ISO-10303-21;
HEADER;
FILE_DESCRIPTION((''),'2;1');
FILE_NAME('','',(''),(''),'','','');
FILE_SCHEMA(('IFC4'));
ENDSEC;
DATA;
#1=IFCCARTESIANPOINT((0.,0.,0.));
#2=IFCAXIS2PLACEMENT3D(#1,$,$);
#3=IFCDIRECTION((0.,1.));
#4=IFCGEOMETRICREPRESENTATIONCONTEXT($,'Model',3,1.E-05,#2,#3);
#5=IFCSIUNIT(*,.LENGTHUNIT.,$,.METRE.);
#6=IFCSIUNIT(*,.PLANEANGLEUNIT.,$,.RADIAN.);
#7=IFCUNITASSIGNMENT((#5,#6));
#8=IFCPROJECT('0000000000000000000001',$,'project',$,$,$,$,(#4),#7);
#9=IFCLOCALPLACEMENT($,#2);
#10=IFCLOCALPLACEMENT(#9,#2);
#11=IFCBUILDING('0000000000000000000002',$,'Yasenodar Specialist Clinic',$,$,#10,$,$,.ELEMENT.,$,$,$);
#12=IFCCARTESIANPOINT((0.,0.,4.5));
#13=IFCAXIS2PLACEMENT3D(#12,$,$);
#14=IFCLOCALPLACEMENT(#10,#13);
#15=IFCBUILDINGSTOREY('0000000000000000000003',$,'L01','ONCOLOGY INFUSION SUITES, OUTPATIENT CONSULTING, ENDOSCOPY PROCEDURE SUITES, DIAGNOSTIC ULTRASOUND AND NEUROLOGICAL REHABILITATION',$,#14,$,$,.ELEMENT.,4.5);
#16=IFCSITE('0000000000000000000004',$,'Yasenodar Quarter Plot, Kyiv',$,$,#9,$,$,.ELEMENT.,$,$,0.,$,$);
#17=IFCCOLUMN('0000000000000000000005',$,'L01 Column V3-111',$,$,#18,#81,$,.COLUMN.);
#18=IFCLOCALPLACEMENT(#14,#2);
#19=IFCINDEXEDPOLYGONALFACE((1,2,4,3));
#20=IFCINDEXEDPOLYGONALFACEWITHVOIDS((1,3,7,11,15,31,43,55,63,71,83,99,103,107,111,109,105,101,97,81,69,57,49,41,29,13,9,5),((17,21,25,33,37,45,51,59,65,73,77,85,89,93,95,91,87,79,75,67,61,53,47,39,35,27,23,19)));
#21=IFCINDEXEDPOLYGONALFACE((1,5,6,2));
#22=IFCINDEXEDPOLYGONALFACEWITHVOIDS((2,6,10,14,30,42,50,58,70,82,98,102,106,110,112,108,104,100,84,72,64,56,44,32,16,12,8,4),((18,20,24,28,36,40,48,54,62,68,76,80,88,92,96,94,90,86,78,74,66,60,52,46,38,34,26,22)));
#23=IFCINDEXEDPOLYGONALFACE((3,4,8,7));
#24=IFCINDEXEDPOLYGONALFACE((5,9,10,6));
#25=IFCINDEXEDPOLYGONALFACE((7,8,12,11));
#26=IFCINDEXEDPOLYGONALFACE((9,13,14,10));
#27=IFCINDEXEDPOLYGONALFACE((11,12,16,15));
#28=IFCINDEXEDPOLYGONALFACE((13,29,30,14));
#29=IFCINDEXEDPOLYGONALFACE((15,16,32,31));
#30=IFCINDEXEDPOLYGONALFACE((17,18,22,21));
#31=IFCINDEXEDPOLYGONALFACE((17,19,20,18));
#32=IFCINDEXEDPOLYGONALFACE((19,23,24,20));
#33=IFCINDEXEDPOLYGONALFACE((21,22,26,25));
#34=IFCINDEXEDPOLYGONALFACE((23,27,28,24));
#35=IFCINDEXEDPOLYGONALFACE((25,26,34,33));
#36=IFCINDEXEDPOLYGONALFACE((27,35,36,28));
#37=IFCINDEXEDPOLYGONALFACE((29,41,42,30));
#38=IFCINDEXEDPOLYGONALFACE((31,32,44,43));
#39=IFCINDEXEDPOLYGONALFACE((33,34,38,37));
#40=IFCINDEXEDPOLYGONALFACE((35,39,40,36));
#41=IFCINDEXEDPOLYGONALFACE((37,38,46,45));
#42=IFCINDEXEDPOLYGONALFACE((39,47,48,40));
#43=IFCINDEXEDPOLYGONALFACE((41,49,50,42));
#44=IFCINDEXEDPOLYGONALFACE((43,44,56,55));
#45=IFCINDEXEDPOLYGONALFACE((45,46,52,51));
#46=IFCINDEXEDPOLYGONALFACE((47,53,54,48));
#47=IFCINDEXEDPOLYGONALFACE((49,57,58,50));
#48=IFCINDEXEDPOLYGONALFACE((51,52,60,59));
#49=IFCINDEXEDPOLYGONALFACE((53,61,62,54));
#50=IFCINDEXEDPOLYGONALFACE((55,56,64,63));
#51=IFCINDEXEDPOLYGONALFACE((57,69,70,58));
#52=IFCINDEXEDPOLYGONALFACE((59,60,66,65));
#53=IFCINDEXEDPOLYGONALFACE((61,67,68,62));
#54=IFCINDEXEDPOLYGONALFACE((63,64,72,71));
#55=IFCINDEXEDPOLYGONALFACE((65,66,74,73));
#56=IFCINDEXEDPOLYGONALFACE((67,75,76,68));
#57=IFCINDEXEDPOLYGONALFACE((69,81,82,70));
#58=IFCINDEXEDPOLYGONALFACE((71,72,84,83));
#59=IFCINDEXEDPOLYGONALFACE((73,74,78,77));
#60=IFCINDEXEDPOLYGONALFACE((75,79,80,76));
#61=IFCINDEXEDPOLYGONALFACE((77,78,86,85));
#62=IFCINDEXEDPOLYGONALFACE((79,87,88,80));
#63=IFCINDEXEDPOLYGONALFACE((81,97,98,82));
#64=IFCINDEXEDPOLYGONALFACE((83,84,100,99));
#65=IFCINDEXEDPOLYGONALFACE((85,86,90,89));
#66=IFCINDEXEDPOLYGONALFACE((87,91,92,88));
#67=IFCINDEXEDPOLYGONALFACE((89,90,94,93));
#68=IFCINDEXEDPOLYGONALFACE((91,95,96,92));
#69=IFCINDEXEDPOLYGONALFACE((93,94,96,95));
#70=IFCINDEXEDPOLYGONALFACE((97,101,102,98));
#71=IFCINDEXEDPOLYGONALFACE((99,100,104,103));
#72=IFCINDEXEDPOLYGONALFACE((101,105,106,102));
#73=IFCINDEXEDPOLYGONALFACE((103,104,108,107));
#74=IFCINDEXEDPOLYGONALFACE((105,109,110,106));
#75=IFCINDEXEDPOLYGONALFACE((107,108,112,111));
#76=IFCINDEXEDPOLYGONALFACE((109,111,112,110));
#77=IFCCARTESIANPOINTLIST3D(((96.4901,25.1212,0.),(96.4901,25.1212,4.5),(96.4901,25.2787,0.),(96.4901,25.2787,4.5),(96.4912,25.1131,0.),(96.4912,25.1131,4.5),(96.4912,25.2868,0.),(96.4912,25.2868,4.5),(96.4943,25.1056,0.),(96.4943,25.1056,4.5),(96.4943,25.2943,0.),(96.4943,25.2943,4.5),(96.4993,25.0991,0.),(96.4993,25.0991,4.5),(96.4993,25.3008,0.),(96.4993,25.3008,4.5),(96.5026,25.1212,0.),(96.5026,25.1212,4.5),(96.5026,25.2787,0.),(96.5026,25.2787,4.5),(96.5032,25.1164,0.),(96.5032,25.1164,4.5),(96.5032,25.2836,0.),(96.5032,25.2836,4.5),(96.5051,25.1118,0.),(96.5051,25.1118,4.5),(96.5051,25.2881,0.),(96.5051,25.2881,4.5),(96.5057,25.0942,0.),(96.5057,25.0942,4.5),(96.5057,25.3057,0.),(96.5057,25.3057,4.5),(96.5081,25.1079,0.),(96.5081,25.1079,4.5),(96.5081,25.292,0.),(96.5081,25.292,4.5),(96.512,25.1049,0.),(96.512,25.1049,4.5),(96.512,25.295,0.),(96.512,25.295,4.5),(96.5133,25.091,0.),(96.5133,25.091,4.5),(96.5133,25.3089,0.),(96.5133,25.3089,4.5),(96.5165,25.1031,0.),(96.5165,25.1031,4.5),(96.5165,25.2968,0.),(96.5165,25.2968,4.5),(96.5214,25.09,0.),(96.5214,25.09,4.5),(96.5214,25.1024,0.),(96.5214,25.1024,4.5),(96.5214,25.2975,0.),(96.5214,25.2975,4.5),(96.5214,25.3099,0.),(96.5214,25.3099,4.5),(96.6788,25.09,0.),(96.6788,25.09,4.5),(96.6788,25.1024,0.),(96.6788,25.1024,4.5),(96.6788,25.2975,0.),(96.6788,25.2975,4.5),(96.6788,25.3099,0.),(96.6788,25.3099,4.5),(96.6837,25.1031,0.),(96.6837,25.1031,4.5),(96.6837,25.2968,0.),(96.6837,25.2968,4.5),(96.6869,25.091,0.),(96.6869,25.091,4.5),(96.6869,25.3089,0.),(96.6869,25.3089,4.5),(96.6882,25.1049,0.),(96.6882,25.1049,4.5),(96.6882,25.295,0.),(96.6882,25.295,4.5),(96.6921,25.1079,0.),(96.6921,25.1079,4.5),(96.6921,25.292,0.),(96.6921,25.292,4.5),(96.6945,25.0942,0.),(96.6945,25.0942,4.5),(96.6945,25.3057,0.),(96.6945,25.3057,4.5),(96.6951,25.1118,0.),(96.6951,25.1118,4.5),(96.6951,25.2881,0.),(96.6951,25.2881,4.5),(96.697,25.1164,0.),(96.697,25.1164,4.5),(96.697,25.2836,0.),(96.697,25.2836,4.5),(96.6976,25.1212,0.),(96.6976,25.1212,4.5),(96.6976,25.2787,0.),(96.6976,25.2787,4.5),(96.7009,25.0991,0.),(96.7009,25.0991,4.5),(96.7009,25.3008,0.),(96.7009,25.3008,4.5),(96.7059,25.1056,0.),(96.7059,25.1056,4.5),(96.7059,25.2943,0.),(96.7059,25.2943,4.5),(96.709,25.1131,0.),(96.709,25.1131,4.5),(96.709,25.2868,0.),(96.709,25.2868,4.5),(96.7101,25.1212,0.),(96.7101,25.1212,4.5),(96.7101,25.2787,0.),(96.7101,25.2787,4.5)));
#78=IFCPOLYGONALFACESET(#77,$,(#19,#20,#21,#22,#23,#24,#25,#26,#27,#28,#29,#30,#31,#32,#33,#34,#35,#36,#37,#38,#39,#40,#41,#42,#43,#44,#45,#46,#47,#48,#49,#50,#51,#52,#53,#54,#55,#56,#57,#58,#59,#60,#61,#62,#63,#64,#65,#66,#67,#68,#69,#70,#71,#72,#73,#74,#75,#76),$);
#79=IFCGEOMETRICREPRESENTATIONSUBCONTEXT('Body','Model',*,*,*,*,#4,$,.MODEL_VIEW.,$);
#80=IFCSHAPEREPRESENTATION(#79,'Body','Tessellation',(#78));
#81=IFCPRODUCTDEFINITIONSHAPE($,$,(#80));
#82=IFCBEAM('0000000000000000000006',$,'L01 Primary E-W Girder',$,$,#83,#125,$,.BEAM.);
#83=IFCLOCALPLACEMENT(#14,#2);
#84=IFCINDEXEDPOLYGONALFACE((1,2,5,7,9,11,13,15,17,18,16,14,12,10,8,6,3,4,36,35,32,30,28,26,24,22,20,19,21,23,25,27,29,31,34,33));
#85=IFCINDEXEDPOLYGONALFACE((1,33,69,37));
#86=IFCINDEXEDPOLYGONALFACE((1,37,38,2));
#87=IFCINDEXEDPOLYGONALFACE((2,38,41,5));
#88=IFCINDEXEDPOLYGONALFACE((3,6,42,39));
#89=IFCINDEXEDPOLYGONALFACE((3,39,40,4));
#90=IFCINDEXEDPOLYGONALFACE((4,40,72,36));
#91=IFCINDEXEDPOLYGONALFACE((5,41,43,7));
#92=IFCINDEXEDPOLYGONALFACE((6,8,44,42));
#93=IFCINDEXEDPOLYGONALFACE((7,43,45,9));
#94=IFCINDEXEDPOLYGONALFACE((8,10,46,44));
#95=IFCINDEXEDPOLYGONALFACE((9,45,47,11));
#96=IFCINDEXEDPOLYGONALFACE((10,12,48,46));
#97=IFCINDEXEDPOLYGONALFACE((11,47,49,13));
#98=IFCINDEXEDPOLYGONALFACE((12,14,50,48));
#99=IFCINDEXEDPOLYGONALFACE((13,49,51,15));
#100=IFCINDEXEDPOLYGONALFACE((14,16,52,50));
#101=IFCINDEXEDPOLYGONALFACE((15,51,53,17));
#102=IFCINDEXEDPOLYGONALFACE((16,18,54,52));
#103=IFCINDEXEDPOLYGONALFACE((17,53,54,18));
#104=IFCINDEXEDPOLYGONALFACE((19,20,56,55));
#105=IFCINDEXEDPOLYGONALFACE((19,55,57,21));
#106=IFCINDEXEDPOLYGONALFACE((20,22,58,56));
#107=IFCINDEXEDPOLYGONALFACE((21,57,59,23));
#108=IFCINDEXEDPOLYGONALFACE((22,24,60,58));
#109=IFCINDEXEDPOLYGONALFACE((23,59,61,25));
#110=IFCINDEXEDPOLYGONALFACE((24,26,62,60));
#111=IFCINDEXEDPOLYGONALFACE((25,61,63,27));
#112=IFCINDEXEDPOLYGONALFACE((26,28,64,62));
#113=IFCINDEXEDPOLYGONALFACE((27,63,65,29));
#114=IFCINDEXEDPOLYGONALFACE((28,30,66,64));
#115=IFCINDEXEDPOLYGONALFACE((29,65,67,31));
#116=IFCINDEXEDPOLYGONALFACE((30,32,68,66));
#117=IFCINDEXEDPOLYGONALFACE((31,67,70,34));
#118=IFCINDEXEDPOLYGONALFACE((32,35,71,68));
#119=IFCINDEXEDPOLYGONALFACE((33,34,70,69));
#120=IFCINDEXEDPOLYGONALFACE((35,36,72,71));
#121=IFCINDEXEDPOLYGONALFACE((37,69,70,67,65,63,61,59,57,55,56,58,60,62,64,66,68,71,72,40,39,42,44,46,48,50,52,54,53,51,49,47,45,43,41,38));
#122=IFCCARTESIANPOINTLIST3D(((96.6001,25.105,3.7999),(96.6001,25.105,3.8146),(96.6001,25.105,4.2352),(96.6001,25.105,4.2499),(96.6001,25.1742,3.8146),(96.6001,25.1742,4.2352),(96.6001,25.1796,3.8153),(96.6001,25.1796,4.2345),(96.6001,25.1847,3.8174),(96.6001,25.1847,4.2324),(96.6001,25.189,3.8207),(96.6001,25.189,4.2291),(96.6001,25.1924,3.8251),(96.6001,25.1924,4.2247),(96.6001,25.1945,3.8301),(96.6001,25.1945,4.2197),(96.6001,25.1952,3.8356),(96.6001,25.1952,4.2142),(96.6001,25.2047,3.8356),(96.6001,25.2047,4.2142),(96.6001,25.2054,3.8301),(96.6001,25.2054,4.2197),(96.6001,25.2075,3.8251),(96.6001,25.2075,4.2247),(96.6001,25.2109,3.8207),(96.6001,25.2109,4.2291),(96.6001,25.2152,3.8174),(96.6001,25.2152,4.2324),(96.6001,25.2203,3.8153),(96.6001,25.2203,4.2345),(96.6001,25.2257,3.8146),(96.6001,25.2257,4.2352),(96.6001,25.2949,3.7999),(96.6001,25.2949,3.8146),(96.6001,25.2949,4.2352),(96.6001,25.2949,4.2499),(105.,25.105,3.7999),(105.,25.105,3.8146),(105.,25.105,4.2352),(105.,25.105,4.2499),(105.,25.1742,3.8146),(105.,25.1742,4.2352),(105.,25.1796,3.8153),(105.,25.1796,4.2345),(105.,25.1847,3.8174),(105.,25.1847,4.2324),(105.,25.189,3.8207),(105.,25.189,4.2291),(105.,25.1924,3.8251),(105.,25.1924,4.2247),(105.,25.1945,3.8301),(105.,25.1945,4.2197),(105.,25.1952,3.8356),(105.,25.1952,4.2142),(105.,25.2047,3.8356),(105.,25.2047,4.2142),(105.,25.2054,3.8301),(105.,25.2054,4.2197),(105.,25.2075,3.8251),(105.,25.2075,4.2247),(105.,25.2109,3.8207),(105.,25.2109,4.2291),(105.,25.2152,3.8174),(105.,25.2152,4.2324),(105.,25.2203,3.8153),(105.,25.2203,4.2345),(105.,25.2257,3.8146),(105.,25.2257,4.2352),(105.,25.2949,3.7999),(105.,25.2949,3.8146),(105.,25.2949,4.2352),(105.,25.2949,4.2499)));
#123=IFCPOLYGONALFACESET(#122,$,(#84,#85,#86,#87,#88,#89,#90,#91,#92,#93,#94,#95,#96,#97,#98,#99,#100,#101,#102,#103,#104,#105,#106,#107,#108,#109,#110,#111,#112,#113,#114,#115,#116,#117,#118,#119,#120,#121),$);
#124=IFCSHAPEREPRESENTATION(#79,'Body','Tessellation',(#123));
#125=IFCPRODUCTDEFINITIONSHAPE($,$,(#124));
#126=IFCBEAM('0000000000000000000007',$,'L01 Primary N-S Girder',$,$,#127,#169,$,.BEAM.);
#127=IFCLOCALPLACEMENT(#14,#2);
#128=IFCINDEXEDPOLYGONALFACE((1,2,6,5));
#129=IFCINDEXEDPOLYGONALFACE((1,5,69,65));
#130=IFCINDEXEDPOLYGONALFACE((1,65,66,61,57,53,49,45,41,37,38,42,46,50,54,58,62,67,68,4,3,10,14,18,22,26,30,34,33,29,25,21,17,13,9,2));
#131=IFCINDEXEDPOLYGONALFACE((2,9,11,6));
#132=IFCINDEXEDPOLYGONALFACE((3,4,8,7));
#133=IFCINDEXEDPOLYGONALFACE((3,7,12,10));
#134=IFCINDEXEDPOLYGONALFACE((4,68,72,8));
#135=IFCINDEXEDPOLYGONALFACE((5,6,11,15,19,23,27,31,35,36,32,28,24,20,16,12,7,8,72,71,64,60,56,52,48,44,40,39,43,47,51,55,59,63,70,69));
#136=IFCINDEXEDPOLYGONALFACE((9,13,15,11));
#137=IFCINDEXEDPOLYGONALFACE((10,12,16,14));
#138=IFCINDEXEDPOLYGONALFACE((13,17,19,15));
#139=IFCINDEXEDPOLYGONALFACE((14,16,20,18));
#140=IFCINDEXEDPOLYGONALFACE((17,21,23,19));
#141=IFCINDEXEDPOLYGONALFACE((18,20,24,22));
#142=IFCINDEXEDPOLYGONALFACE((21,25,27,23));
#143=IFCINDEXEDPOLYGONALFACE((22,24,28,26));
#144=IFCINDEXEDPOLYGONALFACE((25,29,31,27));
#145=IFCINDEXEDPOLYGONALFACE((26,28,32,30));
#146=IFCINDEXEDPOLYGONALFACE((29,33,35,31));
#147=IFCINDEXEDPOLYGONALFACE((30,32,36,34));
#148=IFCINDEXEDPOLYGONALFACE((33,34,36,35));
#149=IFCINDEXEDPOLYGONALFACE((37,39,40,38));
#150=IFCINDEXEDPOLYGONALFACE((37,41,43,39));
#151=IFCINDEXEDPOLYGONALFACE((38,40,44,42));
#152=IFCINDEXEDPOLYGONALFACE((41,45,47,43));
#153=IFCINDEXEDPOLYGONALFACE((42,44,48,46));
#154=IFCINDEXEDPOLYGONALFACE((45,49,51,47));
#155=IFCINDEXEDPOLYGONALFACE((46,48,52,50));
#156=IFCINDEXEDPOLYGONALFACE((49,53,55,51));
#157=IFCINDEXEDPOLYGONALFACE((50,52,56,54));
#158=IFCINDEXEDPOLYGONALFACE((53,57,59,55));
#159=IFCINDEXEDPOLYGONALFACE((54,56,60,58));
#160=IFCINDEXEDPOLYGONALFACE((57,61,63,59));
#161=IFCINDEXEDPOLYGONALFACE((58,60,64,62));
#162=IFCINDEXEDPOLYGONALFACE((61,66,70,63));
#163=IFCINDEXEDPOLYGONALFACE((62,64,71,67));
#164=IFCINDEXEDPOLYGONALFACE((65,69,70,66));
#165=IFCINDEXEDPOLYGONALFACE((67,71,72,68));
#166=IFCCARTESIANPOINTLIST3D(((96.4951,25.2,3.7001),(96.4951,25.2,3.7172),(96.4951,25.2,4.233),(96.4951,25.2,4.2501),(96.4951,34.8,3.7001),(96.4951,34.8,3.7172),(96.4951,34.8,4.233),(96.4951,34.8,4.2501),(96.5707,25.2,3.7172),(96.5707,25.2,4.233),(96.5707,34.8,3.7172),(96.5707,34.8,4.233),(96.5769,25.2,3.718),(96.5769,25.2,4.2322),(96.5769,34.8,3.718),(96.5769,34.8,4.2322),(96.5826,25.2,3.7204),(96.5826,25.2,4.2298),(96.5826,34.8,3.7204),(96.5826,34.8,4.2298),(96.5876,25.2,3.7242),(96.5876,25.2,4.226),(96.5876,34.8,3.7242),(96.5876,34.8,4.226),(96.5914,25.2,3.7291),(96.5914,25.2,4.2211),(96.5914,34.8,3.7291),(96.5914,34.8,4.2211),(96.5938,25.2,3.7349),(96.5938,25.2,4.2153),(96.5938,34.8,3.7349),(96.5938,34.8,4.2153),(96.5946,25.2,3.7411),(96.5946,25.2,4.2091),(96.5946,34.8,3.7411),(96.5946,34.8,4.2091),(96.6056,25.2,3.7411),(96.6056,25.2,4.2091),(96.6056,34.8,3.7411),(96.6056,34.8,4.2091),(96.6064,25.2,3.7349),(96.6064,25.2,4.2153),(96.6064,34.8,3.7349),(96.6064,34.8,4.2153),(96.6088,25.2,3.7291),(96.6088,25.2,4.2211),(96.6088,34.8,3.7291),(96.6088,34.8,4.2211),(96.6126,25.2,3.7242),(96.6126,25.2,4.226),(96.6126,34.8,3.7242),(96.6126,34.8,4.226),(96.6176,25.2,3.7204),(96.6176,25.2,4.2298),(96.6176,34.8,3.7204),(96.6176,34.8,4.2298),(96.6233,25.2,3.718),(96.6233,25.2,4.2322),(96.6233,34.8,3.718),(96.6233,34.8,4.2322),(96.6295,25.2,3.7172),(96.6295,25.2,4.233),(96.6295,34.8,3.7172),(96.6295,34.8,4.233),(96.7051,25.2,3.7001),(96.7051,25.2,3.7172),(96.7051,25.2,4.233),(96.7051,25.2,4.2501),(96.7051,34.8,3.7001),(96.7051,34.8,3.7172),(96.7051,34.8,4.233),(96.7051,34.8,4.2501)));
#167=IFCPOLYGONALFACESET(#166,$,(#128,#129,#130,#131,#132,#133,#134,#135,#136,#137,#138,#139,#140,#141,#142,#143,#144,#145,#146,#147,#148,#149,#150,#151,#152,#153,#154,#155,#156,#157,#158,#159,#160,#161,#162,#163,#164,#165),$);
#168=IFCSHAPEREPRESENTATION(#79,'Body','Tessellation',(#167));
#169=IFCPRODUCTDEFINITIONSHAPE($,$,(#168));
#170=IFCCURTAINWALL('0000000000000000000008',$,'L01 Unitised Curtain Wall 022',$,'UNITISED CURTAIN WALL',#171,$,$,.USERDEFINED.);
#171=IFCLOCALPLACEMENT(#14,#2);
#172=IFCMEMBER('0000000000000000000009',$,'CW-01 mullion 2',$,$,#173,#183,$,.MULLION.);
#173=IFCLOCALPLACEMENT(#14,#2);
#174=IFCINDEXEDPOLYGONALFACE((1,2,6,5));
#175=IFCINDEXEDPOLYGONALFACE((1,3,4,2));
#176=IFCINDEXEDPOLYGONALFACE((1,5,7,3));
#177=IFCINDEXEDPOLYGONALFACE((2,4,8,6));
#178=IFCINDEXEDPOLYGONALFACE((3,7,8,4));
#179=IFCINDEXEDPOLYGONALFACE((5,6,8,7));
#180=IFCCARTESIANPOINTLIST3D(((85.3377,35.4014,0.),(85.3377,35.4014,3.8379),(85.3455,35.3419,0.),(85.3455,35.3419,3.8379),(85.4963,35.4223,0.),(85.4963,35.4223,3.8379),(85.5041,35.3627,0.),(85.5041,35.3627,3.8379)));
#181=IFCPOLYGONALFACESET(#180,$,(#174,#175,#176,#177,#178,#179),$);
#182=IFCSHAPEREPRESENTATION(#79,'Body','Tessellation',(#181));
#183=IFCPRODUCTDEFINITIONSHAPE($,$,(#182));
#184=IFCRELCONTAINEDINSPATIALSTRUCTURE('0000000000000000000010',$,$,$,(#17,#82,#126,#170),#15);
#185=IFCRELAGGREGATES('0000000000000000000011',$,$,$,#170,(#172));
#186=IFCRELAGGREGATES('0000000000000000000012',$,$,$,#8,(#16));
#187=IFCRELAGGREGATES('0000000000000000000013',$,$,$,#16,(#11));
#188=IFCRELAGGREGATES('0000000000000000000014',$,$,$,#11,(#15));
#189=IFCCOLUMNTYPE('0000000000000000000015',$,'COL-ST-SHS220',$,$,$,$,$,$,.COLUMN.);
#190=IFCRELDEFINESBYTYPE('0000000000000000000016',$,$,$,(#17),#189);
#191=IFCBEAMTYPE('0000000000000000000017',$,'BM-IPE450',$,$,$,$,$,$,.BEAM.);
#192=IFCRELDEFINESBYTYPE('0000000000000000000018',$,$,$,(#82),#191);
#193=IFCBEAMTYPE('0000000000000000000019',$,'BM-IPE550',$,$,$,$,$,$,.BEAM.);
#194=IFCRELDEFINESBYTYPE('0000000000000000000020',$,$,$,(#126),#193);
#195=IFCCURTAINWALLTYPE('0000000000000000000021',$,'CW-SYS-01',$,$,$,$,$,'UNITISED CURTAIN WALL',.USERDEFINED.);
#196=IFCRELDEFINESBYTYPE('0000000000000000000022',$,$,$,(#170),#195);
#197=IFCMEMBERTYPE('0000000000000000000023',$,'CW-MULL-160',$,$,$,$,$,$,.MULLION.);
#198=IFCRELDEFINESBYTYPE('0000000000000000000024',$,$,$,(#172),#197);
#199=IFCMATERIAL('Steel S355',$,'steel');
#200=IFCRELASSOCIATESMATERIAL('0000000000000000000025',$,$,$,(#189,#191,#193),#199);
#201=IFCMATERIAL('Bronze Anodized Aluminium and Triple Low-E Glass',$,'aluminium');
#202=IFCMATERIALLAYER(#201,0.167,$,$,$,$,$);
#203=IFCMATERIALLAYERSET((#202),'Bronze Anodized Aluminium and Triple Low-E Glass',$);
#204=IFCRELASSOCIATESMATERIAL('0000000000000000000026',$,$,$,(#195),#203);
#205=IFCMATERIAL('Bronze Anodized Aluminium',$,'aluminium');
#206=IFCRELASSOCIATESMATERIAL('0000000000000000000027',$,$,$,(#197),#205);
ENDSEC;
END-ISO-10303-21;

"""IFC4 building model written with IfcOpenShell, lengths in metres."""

from ifc_helpers import new_model, si_unit, direction, frame, origin, origin_2d, place, context, subcontext, project, spatial, rectangle, hollow_rectangle, i_section, extrude, material, layer, layer_set, material_profile, profile_set, type_object, element, aggregate, save


model = new_model("IFC4")

# Units and contexts
model_context = context("Model", 3, precision=1e-05, world=origin(), true_north=direction((0.0, 1.0)))
body_context = subcontext(model_context, "Body", "Model", "MODEL_VIEW")
ifc_project = project(units=[si_unit("LENGTHUNIT", "METRE"), si_unit("PLANEANGLEUNIT", "RADIAN")], contexts=[model_context])

# Site, building, storey
site_placement = place(None, origin())
site = spatial("IfcSite", under=ifc_project, at=site_placement, Name="Yasenodar Quarter Plot, Kyiv", CompositionType="ELEMENT", RefElevation=0.0)
building_placement = place(site_placement, origin())
building = spatial("IfcBuilding", under=site, at=building_placement, Name="Yasenodar Specialist Clinic", CompositionType="ELEMENT")
storey_placement = place(building_placement, frame((0.0, 0.0, 4.5)))
storey = spatial("IfcBuildingStorey", under=building, at=storey_placement, Name="L01", Description="ONCOLOGY INFUSION SUITES, OUTPATIENT CONSULTING, ENDOSCOPY PROCEDURE SUITES, DIAGNOSTIC ULTRASOUND AND NEUROLOGICAL REHABILITATION", CompositionType="ELEMENT", Elevation=4.5)

# Column
ifc_material_1 = material(Name="Steel S355", Category="steel")
ifc_material_profile_1 = material_profile(ifc_material_1, hollow_rectangle(XDim=0.22, YDim=0.22, WallThickness=0.0125, InnerFilletRadius=0.0188, OuterFilletRadius=0.0312, at=origin_2d()), Name="SHS 220x220x12.5")
ifc_profile_set_1 = profile_set([ifc_material_profile_1], Name="Steel S355")
column_type = type_object("IfcColumnType", Name="COL-ST-SHS220", PredefinedType="COLUMN", material=ifc_profile_set_1)
column_placement = place(storey_placement, frame((96.6001, 25.2, 0.0), z_axis=(0.0, 0.0, 1.0), x_axis=(1.0, 0.0, 0.0)))
element("IfcColumn", 1, at=column_placement, inside=storey, type_object=column_type, Name="L01 Column V3-111", PredefinedType="COLUMN", context=body_context, shape_type="SweptSolid", body=[
    extrude(hollow_rectangle(XDim=0.22, YDim=0.22, WallThickness=0.0125, InnerFilletRadius=0.0188, OuterFilletRadius=0.0312, at=origin_2d()), origin(), (0.0, 0.0, 1.0), 4.5),
])

# Beams
ifc_material_profile_2 = material_profile(ifc_material_1, i_section(OverallWidth=0.1899, OverallDepth=0.45, WebThickness=0.0095, FlangeThickness=0.0146, FilletRadius=0.021, at=origin_2d()), Name="IPE 450")
ifc_profile_set_2 = profile_set([ifc_material_profile_2], Name="Steel S355")
beam_type_1 = type_object("IfcBeamType", Name="BM-IPE450", PredefinedType="BEAM", material=ifc_profile_set_2)
beam_1_placement = place(storey_placement, frame((96.6001, 25.2, 4.0249), z_axis=(1.0, 0.0, 0.0), x_axis=(0.0, 1.0, 0.0)))
element("IfcBeam", 2, at=beam_1_placement, inside=storey, type_object=beam_type_1, Name="L01 Primary E-W Girder", PredefinedType="BEAM", context=body_context, shape_type="SweptSolid", body=[
    extrude(i_section(OverallWidth=0.1899, OverallDepth=0.45, WebThickness=0.0095, FlangeThickness=0.0146, FilletRadius=0.021, at=origin_2d()), origin(), (0.0, 0.0, 1.0), 8.3999),
])
ifc_material_profile_3 = material_profile(ifc_material_1, i_section(OverallWidth=0.21, OverallDepth=0.55, WebThickness=0.011, FlangeThickness=0.0171, FilletRadius=0.0239, at=origin_2d()), Name="IPE 550")
ifc_profile_set_3 = profile_set([ifc_material_profile_3], Name="Steel S355")
beam_type_2 = type_object("IfcBeamType", Name="BM-IPE550", PredefinedType="BEAM", material=ifc_profile_set_3)
beam_2_placement = place(storey_placement, frame((96.6001, 25.2, 3.9751), z_axis=(0.0, 1.0, 0.0), x_axis=(-1.0, 0.0, 0.0)))
element("IfcBeam", 3, at=beam_2_placement, inside=storey, type_object=beam_type_2, Name="L01 Primary N-S Girder", PredefinedType="BEAM", context=body_context, shape_type="SweptSolid", body=[
    extrude(i_section(OverallWidth=0.21, OverallDepth=0.55, WebThickness=0.011, FlangeThickness=0.0171, FilletRadius=0.0239, at=origin_2d()), origin(), (0.0, 0.0, 1.0), 9.6001),
])

# Curtain wall, member
ifc_material_2 = material(Name="Bronze Anodized Aluminium and Triple Low-E Glass", Category="aluminium")
ifc_layer_1 = layer(ifc_material_2, 0.167)
ifc_layer_set_1 = layer_set([ifc_layer_1], Name="Bronze Anodized Aluminium and Triple Low-E Glass")
curtain_wall_type = type_object("IfcCurtainWallType", Name="CW-SYS-01", ElementType="UNITISED CURTAIN WALL", PredefinedType="USERDEFINED", material=ifc_layer_set_1)
curtain_wall_placement = place(storey_placement, origin())
curtain_wall = element("IfcCurtainWall", 4, at=curtain_wall_placement, inside=storey, type_object=curtain_wall_type, Name="L01 Unitised Curtain Wall 022", ObjectType="UNITISED CURTAIN WALL", PredefinedType="USERDEFINED")
ifc_material_3 = material(Name="Bronze Anodized Aluminium", Category="aluminium")
ifc_material_profile_4 = material_profile(ifc_material_3, rectangle(XDim=0.0601, YDim=0.1599, at=origin_2d()), Name="CW-MULL 60x160")
ifc_profile_set_4 = profile_set([ifc_material_profile_4], Name="Bronze Anodized Aluminium")
member_type_1 = type_object("IfcMemberType", Name="CW-MULL-160", PredefinedType="MULLION", material=ifc_profile_set_4)
member_1_placement = place(storey_placement, frame((85.4209, 35.3821, 0.0), z_axis=(0.0, 0.0, 1.0), x_axis=(0.130512, -0.991447, 0.0)))
member_1 = element("IfcMember", 5, at=member_1_placement, type_object=member_type_1, Name="CW-01 mullion 2", PredefinedType="MULLION", context=body_context, shape_type="SweptSolid", body=[
    extrude(rectangle(XDim=0.0601, YDim=0.1599, at=origin_2d()), origin(), (0.0, 0.0, 1.0), 3.8379),
])
aggregate(curtain_wall, [member_1])

save(model, "model.ifc")
